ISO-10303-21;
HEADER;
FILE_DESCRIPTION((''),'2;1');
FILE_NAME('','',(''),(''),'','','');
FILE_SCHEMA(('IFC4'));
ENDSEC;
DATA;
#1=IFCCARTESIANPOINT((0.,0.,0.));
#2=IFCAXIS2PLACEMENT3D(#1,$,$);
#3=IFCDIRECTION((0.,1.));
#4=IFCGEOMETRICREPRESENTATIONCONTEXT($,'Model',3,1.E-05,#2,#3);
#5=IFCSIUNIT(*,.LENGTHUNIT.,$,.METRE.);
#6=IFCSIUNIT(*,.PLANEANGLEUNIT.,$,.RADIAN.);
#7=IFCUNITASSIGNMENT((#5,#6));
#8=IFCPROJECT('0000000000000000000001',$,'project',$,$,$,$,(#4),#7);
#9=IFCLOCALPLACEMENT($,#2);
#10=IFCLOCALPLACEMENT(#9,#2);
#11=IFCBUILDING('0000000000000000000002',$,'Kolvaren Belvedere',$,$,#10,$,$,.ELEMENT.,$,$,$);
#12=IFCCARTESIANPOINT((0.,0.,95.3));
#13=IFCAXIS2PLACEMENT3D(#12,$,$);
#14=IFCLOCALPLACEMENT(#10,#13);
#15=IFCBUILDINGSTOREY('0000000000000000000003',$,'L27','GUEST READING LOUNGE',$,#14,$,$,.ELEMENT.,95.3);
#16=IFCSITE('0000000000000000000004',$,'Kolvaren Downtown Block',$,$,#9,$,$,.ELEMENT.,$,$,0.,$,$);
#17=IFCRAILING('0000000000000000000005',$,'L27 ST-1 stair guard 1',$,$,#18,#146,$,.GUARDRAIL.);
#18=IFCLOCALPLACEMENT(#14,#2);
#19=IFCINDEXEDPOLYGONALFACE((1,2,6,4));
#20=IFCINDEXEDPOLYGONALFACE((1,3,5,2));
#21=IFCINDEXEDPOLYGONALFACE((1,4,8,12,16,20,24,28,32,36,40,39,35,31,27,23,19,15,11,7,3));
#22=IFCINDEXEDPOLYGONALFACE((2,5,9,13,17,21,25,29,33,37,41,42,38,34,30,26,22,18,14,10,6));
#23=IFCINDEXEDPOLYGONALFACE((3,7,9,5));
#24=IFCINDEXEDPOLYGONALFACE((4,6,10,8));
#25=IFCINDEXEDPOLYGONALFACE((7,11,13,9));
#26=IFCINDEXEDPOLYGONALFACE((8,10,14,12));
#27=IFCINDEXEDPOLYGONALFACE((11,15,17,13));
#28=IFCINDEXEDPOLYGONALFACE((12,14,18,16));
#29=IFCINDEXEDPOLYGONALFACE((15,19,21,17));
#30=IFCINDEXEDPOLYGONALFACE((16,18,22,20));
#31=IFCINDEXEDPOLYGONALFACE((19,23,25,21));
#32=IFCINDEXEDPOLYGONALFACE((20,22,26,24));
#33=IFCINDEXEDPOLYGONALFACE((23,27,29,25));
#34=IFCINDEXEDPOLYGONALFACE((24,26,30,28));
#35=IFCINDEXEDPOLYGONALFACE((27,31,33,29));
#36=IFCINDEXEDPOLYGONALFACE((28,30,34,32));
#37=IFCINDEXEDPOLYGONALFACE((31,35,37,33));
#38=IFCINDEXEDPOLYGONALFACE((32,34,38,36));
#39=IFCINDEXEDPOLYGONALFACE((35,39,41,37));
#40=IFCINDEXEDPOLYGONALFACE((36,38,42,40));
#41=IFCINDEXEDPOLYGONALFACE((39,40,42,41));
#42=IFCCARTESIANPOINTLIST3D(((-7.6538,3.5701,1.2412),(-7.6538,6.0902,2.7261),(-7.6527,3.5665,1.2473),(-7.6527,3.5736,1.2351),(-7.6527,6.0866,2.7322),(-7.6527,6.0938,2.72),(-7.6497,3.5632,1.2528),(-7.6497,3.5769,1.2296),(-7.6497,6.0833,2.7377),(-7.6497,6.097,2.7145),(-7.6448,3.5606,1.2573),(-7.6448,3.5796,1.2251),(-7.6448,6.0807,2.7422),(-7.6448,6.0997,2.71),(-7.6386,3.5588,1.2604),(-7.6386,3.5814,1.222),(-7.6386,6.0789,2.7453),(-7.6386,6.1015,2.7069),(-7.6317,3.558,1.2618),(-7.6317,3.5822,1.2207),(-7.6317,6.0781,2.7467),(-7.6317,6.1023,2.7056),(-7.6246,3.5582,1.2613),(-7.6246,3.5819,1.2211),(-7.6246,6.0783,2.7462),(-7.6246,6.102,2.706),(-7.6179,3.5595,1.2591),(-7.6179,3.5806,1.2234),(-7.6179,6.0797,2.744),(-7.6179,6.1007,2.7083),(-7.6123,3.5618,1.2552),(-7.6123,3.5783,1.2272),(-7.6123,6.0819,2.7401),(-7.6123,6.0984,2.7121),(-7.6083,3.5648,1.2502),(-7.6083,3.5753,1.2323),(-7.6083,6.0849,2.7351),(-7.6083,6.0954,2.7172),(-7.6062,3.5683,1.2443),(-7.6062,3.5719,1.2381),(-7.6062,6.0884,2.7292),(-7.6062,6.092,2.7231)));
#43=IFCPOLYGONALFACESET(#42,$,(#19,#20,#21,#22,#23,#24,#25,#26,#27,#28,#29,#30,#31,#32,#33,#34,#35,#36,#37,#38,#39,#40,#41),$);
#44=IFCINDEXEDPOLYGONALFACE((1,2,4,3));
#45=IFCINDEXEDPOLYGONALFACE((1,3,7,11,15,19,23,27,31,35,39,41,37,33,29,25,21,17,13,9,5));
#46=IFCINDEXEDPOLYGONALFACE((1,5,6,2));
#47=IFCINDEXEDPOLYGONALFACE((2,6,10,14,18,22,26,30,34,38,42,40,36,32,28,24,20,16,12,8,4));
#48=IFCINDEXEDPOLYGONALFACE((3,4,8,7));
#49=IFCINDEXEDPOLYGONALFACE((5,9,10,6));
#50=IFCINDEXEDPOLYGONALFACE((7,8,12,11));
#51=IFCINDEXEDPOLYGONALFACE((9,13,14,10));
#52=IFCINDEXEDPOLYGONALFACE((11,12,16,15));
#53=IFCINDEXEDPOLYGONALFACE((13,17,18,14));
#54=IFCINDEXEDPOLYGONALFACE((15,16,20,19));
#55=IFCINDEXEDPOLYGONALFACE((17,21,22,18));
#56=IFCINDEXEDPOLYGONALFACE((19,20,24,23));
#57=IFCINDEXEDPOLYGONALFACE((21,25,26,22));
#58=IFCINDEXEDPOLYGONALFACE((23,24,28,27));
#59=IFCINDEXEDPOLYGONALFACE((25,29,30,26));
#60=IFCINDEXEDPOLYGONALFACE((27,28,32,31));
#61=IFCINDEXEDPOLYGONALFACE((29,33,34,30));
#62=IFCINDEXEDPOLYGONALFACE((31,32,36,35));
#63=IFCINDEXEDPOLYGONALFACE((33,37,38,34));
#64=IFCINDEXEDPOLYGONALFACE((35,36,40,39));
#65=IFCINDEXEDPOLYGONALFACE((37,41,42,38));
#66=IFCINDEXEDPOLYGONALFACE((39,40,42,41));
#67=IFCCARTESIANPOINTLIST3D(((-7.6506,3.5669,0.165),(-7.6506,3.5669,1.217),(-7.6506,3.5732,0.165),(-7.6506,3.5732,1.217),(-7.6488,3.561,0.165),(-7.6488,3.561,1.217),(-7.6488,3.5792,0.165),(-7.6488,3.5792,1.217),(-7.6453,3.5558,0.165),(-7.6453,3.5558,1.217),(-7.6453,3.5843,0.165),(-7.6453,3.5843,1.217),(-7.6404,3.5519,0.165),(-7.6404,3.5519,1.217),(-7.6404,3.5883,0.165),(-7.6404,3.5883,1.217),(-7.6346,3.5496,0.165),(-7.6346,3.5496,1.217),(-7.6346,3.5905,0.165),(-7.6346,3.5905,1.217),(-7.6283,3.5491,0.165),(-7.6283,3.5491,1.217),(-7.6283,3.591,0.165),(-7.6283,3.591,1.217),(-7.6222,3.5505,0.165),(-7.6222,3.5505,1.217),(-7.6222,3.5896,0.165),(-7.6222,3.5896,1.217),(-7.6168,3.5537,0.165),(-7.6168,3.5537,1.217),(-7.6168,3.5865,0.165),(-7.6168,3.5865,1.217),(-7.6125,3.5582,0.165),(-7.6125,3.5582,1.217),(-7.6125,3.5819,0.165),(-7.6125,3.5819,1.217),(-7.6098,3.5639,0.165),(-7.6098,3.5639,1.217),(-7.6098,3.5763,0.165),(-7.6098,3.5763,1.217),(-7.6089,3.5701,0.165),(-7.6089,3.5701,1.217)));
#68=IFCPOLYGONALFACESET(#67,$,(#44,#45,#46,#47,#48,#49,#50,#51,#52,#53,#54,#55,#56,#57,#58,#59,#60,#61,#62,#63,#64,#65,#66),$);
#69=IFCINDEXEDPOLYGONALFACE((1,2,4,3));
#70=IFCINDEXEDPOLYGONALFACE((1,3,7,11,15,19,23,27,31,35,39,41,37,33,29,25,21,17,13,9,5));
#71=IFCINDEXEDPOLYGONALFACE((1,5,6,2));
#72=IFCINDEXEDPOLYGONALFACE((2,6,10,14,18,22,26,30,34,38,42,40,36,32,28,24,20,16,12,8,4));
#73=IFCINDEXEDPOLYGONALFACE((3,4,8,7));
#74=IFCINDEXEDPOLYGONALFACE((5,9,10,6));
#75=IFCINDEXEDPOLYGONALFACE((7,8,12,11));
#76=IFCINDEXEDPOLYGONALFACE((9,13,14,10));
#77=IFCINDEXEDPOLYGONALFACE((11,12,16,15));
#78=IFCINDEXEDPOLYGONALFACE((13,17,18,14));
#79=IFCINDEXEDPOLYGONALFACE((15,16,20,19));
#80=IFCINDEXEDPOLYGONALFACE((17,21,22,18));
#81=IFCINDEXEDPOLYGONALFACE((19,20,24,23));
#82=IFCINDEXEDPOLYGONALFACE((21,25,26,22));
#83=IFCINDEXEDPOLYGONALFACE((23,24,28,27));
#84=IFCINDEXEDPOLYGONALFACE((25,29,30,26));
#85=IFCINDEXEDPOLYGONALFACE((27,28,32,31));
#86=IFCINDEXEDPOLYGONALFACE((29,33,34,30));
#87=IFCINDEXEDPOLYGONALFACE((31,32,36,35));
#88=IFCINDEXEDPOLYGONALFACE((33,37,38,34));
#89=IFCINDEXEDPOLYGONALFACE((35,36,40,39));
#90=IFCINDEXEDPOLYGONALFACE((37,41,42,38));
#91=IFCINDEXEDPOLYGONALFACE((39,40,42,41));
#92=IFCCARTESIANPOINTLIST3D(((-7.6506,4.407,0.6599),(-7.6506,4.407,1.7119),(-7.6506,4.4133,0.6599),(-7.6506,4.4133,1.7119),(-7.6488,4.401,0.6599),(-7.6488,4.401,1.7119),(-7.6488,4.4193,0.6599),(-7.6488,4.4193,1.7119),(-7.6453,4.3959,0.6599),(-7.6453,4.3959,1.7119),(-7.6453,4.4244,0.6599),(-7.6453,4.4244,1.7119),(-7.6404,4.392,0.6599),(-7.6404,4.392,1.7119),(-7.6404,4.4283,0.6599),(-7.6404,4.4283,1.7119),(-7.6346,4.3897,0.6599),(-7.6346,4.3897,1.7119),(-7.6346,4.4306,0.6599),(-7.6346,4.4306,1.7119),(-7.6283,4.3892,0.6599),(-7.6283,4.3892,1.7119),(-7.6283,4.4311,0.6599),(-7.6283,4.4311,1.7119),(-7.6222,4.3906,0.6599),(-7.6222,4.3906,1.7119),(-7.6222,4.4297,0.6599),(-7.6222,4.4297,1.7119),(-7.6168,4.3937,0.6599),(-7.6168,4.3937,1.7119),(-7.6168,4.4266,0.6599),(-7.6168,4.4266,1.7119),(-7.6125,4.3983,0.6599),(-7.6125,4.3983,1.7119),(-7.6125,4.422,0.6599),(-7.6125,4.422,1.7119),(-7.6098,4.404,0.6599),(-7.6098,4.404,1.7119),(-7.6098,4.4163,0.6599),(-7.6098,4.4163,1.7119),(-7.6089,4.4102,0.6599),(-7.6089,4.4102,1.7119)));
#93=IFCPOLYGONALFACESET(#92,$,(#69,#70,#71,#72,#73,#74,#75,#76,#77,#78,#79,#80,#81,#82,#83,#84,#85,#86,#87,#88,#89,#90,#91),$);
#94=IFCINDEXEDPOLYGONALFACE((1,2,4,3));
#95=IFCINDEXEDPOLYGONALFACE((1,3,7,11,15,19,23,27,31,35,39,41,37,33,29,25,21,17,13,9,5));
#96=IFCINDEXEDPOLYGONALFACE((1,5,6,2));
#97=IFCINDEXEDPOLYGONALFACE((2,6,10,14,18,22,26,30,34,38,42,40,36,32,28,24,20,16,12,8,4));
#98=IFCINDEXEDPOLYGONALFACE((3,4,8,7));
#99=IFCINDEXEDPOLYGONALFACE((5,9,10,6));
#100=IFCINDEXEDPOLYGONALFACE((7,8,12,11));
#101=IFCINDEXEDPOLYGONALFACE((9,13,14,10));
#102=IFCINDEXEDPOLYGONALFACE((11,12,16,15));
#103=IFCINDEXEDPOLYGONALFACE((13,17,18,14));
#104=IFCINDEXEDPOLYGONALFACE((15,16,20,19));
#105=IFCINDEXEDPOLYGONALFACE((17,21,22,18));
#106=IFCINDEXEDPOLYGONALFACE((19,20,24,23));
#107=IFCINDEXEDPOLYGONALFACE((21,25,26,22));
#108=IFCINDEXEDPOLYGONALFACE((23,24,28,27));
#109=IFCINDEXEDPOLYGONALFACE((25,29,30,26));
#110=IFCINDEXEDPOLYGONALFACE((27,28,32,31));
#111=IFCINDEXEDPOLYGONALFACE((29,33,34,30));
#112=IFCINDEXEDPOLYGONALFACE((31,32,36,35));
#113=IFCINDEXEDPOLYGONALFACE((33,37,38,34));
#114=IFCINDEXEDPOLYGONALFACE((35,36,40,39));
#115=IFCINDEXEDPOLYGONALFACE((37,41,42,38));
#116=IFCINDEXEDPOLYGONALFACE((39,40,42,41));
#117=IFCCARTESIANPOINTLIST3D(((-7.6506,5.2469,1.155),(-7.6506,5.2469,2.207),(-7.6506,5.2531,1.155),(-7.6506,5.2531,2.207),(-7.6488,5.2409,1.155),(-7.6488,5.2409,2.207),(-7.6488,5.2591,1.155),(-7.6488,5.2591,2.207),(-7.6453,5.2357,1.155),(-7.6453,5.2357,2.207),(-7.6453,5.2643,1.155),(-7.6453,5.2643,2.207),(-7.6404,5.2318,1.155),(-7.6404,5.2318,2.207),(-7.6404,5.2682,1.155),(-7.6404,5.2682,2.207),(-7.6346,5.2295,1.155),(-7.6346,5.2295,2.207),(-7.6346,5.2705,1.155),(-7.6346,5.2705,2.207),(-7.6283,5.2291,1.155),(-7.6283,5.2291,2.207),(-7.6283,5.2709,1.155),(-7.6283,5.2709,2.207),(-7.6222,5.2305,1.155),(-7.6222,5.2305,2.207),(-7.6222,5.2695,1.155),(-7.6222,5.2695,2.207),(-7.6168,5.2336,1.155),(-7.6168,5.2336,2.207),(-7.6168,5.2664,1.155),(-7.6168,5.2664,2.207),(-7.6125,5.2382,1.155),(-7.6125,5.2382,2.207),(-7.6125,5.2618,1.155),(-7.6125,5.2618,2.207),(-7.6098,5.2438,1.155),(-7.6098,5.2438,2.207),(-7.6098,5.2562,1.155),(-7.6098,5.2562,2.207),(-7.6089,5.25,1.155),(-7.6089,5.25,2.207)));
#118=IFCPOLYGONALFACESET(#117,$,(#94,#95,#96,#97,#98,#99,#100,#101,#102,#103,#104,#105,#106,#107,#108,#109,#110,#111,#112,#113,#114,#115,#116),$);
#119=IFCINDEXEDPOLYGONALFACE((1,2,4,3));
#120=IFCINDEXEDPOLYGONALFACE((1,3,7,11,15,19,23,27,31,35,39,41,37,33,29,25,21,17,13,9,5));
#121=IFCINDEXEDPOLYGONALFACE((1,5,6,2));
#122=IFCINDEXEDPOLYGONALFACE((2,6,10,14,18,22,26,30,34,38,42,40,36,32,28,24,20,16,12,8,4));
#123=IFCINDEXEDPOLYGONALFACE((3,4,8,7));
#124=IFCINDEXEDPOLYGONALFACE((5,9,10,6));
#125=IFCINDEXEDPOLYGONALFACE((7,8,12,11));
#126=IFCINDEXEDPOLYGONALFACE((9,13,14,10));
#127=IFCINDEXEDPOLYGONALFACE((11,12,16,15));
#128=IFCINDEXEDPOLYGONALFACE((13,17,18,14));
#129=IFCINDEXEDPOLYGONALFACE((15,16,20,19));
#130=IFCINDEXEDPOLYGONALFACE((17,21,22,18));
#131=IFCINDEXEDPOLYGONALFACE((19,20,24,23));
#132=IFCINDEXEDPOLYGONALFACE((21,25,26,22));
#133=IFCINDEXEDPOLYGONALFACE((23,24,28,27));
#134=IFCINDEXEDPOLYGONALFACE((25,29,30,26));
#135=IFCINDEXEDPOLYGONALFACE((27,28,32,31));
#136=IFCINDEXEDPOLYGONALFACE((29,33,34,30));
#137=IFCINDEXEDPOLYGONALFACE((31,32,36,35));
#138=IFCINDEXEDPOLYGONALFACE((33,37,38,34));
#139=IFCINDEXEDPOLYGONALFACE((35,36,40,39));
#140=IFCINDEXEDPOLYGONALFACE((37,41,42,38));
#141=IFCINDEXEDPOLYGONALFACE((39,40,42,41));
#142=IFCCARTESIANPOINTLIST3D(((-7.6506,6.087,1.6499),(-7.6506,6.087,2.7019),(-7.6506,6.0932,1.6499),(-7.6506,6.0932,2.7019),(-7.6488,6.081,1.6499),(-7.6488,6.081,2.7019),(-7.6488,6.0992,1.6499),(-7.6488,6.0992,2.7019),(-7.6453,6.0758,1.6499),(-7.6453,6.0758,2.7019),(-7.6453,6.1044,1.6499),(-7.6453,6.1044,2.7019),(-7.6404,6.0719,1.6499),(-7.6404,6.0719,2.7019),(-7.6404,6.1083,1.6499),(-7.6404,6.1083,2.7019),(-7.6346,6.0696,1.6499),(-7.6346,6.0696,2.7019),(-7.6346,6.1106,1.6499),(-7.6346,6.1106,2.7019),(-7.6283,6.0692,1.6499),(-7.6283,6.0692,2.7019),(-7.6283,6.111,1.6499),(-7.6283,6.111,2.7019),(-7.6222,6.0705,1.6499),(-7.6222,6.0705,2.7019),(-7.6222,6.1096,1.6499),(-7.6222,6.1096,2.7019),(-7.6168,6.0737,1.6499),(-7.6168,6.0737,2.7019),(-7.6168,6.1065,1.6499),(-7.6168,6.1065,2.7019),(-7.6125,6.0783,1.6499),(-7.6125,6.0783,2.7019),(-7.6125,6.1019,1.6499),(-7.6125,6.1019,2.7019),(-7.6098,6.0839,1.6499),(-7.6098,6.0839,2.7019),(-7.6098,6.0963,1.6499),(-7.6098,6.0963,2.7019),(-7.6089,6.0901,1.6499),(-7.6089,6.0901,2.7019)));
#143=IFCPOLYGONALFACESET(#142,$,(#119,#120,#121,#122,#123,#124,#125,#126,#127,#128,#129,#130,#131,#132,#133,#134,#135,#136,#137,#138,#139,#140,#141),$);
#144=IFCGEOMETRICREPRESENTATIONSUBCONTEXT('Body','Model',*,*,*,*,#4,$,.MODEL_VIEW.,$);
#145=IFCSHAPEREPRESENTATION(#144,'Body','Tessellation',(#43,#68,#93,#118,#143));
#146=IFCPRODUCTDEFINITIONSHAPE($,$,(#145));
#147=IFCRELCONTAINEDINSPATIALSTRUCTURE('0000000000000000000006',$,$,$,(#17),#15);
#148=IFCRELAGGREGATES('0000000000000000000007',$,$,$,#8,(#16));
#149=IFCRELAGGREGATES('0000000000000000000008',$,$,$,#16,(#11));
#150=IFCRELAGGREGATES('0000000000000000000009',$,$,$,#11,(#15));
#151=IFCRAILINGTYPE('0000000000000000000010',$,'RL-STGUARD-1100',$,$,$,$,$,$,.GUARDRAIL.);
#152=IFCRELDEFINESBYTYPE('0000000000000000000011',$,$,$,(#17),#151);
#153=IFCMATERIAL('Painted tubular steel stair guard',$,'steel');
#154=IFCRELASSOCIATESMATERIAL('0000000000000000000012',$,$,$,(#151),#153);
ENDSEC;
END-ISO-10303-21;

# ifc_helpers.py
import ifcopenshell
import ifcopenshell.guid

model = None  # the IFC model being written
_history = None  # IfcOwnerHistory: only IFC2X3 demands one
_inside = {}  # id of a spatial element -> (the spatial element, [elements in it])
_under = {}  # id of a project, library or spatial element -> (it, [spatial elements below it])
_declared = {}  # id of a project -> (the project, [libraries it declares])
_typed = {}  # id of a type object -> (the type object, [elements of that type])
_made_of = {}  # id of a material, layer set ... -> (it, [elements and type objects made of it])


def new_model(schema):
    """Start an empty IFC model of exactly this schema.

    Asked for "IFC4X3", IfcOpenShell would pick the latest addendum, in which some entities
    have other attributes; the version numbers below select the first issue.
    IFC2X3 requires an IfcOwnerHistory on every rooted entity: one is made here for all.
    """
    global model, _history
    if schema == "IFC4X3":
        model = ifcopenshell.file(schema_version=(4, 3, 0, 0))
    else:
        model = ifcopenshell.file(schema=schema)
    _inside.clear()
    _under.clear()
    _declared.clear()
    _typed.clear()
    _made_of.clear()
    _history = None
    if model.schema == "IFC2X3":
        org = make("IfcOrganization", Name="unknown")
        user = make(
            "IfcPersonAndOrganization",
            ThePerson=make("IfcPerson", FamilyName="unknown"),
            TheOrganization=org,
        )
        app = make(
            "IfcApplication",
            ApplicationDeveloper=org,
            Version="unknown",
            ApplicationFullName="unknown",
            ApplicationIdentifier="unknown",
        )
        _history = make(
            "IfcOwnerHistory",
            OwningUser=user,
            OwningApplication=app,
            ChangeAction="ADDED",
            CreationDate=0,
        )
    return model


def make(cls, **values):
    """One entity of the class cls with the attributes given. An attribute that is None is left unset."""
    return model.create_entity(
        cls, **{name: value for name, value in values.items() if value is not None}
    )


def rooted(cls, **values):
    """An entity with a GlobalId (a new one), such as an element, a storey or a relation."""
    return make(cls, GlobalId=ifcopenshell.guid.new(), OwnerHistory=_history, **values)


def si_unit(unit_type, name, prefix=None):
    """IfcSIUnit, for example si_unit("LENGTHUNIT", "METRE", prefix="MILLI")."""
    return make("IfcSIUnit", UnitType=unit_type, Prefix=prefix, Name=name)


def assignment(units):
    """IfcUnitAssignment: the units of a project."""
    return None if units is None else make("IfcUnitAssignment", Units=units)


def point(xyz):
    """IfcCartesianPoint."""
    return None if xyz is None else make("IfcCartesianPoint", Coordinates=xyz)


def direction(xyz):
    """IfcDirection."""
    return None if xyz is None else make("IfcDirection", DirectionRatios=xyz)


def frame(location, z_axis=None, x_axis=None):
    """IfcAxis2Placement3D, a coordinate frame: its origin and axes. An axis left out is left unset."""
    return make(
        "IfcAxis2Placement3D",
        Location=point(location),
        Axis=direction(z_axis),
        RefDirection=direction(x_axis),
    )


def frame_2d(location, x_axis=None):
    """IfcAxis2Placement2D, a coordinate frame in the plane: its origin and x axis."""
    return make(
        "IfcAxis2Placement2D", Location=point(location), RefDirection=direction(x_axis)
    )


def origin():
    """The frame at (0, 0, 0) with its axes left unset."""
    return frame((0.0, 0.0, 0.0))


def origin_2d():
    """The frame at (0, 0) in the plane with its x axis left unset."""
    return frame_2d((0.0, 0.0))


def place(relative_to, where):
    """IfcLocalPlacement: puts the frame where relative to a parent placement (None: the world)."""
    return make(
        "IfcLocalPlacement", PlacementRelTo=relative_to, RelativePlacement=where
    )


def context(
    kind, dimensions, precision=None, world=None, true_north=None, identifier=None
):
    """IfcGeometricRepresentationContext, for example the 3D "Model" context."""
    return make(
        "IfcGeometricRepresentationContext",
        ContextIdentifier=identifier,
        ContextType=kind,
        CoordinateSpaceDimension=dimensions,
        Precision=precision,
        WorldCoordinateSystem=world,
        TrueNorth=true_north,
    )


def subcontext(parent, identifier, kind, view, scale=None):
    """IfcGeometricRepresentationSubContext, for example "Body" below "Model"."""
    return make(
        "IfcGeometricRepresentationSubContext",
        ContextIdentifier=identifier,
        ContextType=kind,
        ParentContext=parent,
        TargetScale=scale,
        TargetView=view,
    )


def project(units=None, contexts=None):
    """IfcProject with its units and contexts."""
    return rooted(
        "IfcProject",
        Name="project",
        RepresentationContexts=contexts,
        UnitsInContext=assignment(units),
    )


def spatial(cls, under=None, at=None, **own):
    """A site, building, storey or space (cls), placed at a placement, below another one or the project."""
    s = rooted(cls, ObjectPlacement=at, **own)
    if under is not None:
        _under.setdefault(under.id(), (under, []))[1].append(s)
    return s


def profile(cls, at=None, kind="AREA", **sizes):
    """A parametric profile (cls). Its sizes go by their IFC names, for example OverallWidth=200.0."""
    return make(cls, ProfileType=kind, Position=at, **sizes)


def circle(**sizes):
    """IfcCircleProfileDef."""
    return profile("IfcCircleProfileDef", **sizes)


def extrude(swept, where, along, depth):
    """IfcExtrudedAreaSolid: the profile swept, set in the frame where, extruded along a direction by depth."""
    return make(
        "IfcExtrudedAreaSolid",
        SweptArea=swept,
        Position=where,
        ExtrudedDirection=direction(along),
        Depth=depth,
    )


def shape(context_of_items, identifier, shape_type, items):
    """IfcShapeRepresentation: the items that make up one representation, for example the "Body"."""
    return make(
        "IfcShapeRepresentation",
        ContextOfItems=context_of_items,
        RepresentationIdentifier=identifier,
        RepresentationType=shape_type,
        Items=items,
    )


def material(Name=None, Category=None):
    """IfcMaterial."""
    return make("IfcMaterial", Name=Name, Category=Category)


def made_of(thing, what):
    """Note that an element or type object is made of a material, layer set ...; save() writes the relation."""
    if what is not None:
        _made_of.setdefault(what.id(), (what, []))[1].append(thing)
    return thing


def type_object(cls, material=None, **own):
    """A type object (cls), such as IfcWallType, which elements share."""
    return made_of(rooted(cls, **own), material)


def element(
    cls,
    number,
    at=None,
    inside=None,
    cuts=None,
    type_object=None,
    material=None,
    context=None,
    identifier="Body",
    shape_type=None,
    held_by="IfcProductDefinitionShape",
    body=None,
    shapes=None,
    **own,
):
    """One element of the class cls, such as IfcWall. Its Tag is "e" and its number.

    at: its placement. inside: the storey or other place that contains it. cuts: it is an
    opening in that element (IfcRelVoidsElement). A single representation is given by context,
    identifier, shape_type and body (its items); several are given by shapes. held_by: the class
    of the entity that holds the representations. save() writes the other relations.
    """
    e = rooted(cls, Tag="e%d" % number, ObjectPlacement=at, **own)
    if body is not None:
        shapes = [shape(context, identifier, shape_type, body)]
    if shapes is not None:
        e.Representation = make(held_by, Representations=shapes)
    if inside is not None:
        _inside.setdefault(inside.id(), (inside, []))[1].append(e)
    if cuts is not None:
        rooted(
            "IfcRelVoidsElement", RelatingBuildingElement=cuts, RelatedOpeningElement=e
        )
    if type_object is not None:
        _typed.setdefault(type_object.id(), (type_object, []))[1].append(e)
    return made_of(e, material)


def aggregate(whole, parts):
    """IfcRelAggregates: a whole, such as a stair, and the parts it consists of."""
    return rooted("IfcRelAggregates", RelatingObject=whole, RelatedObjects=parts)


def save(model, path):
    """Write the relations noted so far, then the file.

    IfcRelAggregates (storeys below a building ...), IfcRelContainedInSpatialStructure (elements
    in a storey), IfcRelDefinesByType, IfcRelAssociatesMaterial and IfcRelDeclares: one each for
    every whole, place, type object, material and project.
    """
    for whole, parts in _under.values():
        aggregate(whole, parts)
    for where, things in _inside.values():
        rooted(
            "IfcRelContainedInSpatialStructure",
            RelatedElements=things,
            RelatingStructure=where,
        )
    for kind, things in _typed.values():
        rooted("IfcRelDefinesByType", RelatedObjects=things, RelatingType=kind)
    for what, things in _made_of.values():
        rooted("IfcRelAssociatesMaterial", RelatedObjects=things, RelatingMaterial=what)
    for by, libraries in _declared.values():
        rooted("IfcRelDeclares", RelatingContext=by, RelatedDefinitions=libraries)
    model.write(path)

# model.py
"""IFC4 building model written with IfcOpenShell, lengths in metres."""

from ifc_helpers import new_model, si_unit, direction, frame, origin, origin_2d, place, context, subcontext, project, spatial, circle, extrude, material, type_object, element, save


model = new_model("IFC4")

# Units and contexts
model_context = context("Model", 3, precision=1e-05, world=origin(), true_north=direction((0.0, 1.0)))
body_context = subcontext(model_context, "Body", "Model", "MODEL_VIEW")
ifc_project = project(units=[si_unit("LENGTHUNIT", "METRE"), si_unit("PLANEANGLEUNIT", "RADIAN")], contexts=[model_context])

# Site, building, storey
site_placement = place(None, origin())
site = spatial("IfcSite", under=ifc_project, at=site_placement, Name="Kolvaren Downtown Block", CompositionType="ELEMENT", RefElevation=0.0)
building_placement = place(site_placement, origin())
building = spatial("IfcBuilding", under=site, at=building_placement, Name="Kolvaren Belvedere", CompositionType="ELEMENT")
storey_placement = place(building_placement, frame((0.0, 0.0, 95.3)))
storey = spatial("IfcBuildingStorey", under=building, at=storey_placement, Name="L27", Description="GUEST READING LOUNGE", CompositionType="ELEMENT", Elevation=95.3)

# Railing
ifc_material_1 = material(Name="Painted tubular steel stair guard", Category="steel")
railing_type_1 = type_object("IfcRailingType", Name="RL-STGUARD-1100", PredefinedType="GUARDRAIL", material=ifc_material_1)
railing_1_placement = place(storey_placement, frame((-7.6299, 3.5701, 0.165)))
element("IfcRailing", 1, at=railing_1_placement, inside=storey, type_object=railing_type_1, Name="L27 ST-1 stair guard 1", PredefinedType="GUARDRAIL", context=body_context, shape_type="SweptSolid", body=[
    extrude(circle(Radius=0.0239, at=origin_2d()), frame((0.0, 0.0, 1.0762), z_axis=(0.0, 0.861561, 0.507655), x_axis=(-1.0, 0.0, 0.0)), (0.0, 0.0, 1.0), 2.925),
    extrude(circle(Radius=0.021, at=origin_2d()), origin(), (0.0, 0.0, 1.0), 1.052),
    extrude(circle(Radius=0.021, at=origin_2d()), frame((0.0, 0.8401, 0.4949)), (0.0, 0.0, 1.0), 1.052),
    extrude(circle(Radius=0.021, at=origin_2d()), frame((0.0, 1.6799, 0.99)), (0.0, 0.0, 1.0), 1.052),
    extrude(circle(Radius=0.021, at=origin_2d()), frame((0.0, 2.52, 1.4849)), (0.0, 0.0, 1.0), 1.052),
])

save(model, "model.ifc")
